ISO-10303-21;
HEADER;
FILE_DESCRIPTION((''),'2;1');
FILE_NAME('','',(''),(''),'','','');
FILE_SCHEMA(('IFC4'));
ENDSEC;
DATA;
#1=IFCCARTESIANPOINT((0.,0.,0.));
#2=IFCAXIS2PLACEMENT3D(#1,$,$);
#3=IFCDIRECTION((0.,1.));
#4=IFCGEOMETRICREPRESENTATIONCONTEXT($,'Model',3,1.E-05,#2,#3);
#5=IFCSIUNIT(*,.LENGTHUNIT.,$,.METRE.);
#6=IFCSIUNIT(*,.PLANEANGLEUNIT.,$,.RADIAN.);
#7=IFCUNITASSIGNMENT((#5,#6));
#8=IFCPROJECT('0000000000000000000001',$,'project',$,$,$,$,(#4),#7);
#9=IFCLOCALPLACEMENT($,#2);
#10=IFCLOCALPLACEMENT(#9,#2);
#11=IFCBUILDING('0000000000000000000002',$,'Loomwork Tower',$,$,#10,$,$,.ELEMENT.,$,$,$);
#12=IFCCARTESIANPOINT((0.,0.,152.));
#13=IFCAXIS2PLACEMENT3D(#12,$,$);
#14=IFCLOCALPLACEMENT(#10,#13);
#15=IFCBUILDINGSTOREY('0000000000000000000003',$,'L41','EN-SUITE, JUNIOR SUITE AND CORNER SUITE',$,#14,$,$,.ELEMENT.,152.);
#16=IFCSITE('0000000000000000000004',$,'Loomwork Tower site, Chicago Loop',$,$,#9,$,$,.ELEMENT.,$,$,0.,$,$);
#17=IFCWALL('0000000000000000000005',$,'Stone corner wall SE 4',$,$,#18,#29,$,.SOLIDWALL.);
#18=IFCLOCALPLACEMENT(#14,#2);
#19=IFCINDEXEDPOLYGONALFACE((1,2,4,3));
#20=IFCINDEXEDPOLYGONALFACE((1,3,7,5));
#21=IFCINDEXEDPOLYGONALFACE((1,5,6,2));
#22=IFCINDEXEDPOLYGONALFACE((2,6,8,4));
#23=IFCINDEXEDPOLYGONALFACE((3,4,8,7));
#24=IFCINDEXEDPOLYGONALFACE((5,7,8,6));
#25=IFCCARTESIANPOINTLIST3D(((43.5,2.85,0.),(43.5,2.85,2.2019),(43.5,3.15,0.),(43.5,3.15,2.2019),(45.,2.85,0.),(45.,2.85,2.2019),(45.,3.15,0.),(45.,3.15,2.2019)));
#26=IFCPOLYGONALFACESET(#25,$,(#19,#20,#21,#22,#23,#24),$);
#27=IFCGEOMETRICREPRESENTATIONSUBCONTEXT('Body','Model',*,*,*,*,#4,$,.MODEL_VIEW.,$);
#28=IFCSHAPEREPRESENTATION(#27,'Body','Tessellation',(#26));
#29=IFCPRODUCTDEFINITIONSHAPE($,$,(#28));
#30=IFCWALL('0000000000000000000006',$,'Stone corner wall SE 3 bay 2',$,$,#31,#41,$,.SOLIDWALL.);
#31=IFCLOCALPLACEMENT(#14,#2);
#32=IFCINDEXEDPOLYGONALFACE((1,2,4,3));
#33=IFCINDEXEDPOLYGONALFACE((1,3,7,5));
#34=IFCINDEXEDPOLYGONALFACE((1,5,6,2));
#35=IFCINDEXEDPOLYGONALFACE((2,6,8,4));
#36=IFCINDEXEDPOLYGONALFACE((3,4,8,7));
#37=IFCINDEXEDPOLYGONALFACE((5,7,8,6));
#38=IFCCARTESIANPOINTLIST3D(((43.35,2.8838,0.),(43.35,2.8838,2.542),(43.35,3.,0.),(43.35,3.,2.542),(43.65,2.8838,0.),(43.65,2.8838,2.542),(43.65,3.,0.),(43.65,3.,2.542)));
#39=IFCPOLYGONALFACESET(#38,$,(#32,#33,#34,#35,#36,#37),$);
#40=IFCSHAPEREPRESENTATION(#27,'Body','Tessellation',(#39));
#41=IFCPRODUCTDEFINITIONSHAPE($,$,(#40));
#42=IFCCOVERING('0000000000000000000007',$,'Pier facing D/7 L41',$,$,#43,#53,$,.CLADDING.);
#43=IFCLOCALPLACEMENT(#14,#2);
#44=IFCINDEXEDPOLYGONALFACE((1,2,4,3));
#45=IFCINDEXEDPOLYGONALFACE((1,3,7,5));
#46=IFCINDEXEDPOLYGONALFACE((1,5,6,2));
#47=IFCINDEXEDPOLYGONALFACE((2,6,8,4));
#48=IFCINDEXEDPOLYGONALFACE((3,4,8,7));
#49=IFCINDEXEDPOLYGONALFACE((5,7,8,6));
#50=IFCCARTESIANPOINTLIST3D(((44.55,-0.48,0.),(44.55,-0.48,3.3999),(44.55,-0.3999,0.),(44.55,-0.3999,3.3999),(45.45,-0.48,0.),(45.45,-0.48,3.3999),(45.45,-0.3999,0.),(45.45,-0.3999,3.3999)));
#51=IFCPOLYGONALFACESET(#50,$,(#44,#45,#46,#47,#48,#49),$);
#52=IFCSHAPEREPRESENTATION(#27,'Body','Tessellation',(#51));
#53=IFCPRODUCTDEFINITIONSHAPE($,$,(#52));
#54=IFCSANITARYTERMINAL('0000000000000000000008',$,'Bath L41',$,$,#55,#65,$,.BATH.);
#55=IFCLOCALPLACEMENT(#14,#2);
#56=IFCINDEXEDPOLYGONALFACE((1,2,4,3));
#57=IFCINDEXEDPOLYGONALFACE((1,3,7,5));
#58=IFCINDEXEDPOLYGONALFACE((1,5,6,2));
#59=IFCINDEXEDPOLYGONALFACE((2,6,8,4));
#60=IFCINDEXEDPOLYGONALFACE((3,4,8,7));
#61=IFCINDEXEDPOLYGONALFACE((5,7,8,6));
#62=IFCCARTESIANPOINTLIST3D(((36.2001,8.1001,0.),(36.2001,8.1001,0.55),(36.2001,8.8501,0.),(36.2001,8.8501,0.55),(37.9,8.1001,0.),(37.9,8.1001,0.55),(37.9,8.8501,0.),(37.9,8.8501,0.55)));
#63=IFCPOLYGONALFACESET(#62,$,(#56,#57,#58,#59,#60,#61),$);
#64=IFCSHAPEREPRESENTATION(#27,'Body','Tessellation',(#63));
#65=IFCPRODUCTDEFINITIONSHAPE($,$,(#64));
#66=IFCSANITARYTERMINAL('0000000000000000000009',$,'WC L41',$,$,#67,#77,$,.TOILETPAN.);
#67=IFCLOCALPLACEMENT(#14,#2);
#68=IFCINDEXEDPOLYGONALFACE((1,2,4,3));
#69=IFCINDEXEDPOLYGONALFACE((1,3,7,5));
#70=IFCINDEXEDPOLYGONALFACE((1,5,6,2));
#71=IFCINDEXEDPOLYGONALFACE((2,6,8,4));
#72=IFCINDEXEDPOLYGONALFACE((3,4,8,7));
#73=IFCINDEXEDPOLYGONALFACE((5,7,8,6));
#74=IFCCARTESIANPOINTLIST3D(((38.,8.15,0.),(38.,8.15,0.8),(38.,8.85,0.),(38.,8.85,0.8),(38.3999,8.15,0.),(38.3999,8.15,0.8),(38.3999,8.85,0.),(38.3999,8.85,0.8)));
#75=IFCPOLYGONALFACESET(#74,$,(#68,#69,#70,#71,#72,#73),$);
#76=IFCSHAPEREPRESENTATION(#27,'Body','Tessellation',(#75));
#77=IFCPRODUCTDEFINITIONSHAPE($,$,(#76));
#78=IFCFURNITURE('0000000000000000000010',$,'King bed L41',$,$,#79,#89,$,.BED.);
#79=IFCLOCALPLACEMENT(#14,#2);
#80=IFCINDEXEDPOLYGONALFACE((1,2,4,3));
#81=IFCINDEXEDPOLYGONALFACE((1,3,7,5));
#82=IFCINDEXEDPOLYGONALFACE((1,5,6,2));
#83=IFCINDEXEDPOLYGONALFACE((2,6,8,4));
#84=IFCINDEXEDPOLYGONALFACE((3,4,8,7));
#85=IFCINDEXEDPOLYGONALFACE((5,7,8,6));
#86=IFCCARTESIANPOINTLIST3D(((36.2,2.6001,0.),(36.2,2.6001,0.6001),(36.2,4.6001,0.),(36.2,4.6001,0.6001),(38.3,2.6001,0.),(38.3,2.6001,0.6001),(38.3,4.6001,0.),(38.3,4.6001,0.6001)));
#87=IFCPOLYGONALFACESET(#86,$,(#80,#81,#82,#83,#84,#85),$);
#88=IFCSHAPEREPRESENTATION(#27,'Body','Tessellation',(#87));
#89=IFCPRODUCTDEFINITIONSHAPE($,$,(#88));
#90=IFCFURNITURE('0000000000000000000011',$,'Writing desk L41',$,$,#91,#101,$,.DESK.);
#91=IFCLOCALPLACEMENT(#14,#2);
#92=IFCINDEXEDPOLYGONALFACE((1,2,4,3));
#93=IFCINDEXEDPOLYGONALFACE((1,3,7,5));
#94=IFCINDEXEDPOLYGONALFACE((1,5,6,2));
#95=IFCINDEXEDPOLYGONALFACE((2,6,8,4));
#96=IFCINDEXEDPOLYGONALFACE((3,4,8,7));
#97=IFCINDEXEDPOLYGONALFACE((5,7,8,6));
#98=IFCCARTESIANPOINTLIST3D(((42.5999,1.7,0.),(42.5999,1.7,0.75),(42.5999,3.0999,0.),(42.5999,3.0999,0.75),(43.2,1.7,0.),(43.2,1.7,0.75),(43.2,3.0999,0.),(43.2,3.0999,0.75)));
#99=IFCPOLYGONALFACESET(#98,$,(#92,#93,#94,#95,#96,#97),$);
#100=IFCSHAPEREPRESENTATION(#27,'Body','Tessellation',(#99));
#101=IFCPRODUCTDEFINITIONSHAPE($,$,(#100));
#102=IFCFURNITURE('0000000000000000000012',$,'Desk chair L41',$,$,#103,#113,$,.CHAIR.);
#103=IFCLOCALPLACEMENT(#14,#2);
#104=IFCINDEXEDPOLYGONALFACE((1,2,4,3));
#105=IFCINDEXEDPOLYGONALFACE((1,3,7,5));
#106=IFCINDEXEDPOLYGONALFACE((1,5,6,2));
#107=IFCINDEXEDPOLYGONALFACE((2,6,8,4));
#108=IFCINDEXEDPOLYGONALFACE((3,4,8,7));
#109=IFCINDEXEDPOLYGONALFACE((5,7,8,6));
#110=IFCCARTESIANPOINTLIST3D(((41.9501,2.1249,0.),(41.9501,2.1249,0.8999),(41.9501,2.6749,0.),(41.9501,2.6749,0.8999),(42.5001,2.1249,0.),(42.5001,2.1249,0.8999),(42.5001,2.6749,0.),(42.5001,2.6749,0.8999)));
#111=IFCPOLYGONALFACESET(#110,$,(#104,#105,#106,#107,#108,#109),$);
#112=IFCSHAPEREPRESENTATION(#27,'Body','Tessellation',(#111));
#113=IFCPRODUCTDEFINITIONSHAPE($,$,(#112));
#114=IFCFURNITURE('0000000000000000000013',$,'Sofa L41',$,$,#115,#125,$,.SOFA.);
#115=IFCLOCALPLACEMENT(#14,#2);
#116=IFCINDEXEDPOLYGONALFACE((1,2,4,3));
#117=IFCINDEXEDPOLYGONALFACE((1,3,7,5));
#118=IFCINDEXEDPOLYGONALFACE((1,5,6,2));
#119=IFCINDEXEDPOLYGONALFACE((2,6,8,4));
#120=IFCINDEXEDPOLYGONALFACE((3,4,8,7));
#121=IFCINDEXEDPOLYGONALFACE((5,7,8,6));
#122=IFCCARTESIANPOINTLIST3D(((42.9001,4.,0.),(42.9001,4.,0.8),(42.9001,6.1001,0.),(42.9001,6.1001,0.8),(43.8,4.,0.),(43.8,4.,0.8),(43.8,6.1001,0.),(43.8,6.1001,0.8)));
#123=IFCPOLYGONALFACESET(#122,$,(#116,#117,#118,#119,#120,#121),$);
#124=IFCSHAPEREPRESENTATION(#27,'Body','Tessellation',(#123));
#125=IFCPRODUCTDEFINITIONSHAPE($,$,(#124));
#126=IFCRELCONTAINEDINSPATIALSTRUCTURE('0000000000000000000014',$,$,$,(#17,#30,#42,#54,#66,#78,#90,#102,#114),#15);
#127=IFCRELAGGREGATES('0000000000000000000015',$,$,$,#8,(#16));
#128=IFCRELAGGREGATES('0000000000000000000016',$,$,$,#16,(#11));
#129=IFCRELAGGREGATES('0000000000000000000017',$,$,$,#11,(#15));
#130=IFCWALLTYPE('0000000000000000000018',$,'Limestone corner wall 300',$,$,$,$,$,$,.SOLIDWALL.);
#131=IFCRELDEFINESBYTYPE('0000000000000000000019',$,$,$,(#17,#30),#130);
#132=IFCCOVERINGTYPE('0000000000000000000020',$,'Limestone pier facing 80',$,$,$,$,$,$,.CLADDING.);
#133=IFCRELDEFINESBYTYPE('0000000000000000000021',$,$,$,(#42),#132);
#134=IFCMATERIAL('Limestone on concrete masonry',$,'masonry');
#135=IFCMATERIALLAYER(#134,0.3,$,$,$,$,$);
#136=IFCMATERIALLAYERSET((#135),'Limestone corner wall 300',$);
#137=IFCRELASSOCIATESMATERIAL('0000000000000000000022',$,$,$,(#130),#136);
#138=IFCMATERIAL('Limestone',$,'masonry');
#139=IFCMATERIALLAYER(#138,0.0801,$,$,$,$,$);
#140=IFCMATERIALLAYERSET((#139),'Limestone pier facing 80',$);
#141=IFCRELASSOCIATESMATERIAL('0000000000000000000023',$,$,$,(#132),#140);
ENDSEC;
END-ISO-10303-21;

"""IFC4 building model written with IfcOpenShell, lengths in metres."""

from ifc_helpers import new_model, si_unit, direction, frame, frame_2d, origin, origin_2d, place, context, subcontext, project, spatial, rectangle, extrude, material, layer, layer_set, type_object, element, save


model = new_model("IFC4")

# Units and contexts
model_context = context("Model", 3, precision=1e-05, world=origin(), true_north=direction((0.0, 1.0)))
body_context = subcontext(model_context, "Body", "Model", "MODEL_VIEW")
ifc_project = project(units=[si_unit("LENGTHUNIT", "METRE"), si_unit("PLANEANGLEUNIT", "RADIAN")], contexts=[model_context])

# Site, building, storey
site_placement = place(None, origin())
site = spatial("IfcSite", under=ifc_project, at=site_placement, Name="Loomwork Tower site, Chicago Loop", CompositionType="ELEMENT", RefElevation=0.0)
building_placement = place(site_placement, origin())
building = spatial("IfcBuilding", under=site, at=building_placement, Name="Loomwork Tower", CompositionType="ELEMENT")
storey_placement = place(building_placement, frame((0.0, 0.0, 152.0)))
storey = spatial("IfcBuildingStorey", under=building, at=storey_placement, Name="L41", Description="EN-SUITE, JUNIOR SUITE AND CORNER SUITE", CompositionType="ELEMENT", Elevation=152.0)

# Shared definitions
ifc_material_1 = material(Name="Limestone on concrete masonry", Category="masonry")
ifc_layer_1 = layer(ifc_material_1, 0.3)
ifc_layer_set_1 = layer_set([ifc_layer_1], Name="Limestone corner wall 300")
wall_type_1 = type_object("IfcWallType", Name="Limestone corner wall 300", PredefinedType="SOLIDWALL", material=ifc_layer_set_1)

# Walls
wall_1_placement = place(storey_placement, frame((43.5, 3.0, 0.0), z_axis=(0.0, 0.0, 1.0), x_axis=(1.0, 0.0, 0.0)))
element("IfcWall", 1, at=wall_1_placement, inside=storey, type_object=wall_type_1, Name="Stone corner wall SE 4", PredefinedType="SOLIDWALL", context=body_context, shape_type="SweptSolid", body=[
    extrude(rectangle(XDim=1.5, YDim=0.3, at=frame_2d((0.75, 0.0))), origin(), (0.0, 0.0, 1.0), 2.2019),
])
wall_2_placement = place(storey_placement, frame((43.5, 2.8838, 0.0), z_axis=(0.0, 0.0, 1.0), x_axis=(0.0, 1.0, 0.0)))
element("IfcWall", 2, at=wall_2_placement, inside=storey, type_object=wall_type_1, Name="Stone corner wall SE 3 bay 2", PredefinedType="SOLIDWALL", context=body_context, shape_type="SweptSolid", body=[
    extrude(rectangle(XDim=0.1162, YDim=0.3, at=frame_2d((0.0581, 0.0))), origin(), (0.0, 0.0, 1.0), 2.542),
])

# Covering
ifc_material_2 = material(Name="Limestone", Category="masonry")
ifc_layer_2 = layer(ifc_material_2, 0.0801)
ifc_layer_set_2 = layer_set([ifc_layer_2], Name="Limestone pier facing 80")
covering_type = type_object("IfcCoveringType", Name="Limestone pier facing 80", PredefinedType="CLADDING", material=ifc_layer_set_2)
covering_placement = place(storey_placement, frame((45.0, -0.4399, 0.0), z_axis=(0.0, 0.0, 1.0), x_axis=(1.0, 0.0, 0.0)))
element("IfcCovering", 3, at=covering_placement, inside=storey, type_object=covering_type, Name="Pier facing D/7 L41", PredefinedType="CLADDING", context=body_context, shape_type="SweptSolid", body=[
    extrude(rectangle(XDim=0.8999, YDim=0.0801, at=origin_2d()), origin(), (0.0, 0.0, 1.0), 3.3999),
])

# Sanitary terminals
sanitary_terminal_1_placement = place(storey_placement, frame((37.05, 8.4751, 0.0), z_axis=(0.0, 0.0, 1.0), x_axis=(1.0, 0.0, 0.0)))
element("IfcSanitaryTerminal", 4, at=sanitary_terminal_1_placement, inside=storey, Name="Bath L41", PredefinedType="BATH", context=body_context, shape_type="SweptSolid", body=[
    extrude(rectangle(XDim=1.7, YDim=0.75, at=origin_2d()), origin(), (0.0, 0.0, 1.0), 0.55),
])
sanitary_terminal_2_placement = place(storey_placement, frame((38.2, 8.5, 0.0), z_axis=(0.0, 0.0, 1.0), x_axis=(1.0, 0.0, 0.0)))
element("IfcSanitaryTerminal", 5, at=sanitary_terminal_2_placement, inside=storey, Name="WC L41", PredefinedType="TOILETPAN", context=body_context, shape_type="SweptSolid", body=[
    extrude(rectangle(XDim=0.3999, YDim=0.7, at=origin_2d()), origin(), (0.0, 0.0, 1.0), 0.8),
])

# Furniture
furniture_1_placement = place(storey_placement, frame((37.25, 3.6001, 0.0), z_axis=(0.0, 0.0, 1.0), x_axis=(1.0, 0.0, 0.0)))
element("IfcFurniture", 6, at=furniture_1_placement, inside=storey, Name="King bed L41", PredefinedType="BED", context=body_context, shape_type="SweptSolid", body=[
    extrude(rectangle(XDim=2.1001, YDim=2.0, at=origin_2d()), origin(), (0.0, 0.0, 1.0), 0.6001),
])
furniture_2_placement = place(storey_placement, frame((42.8999, 2.3999, 0.0), z_axis=(0.0, 0.0, 1.0), x_axis=(1.0, 0.0, 0.0)))
element("IfcFurniture", 7, at=furniture_2_placement, inside=storey, Name="Writing desk L41", PredefinedType="DESK", context=body_context, shape_type="SweptSolid", body=[
    extrude(rectangle(XDim=0.6001, YDim=1.3999, at=origin_2d()), origin(), (0.0, 0.0, 1.0), 0.75),
])
furniture_3_placement = place(storey_placement, frame((42.2251, 2.3999, 0.0), z_axis=(0.0, 0.0, 1.0), x_axis=(1.0, 0.0, 0.0)))
element("IfcFurniture", 8, at=furniture_3_placement, inside=storey, Name="Desk chair L41", PredefinedType="CHAIR", context=body_context, shape_type="SweptSolid", body=[
    extrude(rectangle(XDim=0.55, YDim=0.55, at=origin_2d()), origin(), (0.0, 0.0, 1.0), 0.8999),
])
furniture_4_placement = place(storey_placement, frame((43.3501, 5.05, 0.0), z_axis=(0.0, 0.0, 1.0), x_axis=(1.0, 0.0, 0.0)))
element("IfcFurniture", 9, at=furniture_4_placement, inside=storey, Name="Sofa L41", PredefinedType="SOFA", context=body_context, shape_type="SweptSolid", body=[
    extrude(rectangle(XDim=0.8999, YDim=2.1001, at=origin_2d()), origin(), (0.0, 0.0, 1.0), 0.8),
])

save(model, "model.ifc")
